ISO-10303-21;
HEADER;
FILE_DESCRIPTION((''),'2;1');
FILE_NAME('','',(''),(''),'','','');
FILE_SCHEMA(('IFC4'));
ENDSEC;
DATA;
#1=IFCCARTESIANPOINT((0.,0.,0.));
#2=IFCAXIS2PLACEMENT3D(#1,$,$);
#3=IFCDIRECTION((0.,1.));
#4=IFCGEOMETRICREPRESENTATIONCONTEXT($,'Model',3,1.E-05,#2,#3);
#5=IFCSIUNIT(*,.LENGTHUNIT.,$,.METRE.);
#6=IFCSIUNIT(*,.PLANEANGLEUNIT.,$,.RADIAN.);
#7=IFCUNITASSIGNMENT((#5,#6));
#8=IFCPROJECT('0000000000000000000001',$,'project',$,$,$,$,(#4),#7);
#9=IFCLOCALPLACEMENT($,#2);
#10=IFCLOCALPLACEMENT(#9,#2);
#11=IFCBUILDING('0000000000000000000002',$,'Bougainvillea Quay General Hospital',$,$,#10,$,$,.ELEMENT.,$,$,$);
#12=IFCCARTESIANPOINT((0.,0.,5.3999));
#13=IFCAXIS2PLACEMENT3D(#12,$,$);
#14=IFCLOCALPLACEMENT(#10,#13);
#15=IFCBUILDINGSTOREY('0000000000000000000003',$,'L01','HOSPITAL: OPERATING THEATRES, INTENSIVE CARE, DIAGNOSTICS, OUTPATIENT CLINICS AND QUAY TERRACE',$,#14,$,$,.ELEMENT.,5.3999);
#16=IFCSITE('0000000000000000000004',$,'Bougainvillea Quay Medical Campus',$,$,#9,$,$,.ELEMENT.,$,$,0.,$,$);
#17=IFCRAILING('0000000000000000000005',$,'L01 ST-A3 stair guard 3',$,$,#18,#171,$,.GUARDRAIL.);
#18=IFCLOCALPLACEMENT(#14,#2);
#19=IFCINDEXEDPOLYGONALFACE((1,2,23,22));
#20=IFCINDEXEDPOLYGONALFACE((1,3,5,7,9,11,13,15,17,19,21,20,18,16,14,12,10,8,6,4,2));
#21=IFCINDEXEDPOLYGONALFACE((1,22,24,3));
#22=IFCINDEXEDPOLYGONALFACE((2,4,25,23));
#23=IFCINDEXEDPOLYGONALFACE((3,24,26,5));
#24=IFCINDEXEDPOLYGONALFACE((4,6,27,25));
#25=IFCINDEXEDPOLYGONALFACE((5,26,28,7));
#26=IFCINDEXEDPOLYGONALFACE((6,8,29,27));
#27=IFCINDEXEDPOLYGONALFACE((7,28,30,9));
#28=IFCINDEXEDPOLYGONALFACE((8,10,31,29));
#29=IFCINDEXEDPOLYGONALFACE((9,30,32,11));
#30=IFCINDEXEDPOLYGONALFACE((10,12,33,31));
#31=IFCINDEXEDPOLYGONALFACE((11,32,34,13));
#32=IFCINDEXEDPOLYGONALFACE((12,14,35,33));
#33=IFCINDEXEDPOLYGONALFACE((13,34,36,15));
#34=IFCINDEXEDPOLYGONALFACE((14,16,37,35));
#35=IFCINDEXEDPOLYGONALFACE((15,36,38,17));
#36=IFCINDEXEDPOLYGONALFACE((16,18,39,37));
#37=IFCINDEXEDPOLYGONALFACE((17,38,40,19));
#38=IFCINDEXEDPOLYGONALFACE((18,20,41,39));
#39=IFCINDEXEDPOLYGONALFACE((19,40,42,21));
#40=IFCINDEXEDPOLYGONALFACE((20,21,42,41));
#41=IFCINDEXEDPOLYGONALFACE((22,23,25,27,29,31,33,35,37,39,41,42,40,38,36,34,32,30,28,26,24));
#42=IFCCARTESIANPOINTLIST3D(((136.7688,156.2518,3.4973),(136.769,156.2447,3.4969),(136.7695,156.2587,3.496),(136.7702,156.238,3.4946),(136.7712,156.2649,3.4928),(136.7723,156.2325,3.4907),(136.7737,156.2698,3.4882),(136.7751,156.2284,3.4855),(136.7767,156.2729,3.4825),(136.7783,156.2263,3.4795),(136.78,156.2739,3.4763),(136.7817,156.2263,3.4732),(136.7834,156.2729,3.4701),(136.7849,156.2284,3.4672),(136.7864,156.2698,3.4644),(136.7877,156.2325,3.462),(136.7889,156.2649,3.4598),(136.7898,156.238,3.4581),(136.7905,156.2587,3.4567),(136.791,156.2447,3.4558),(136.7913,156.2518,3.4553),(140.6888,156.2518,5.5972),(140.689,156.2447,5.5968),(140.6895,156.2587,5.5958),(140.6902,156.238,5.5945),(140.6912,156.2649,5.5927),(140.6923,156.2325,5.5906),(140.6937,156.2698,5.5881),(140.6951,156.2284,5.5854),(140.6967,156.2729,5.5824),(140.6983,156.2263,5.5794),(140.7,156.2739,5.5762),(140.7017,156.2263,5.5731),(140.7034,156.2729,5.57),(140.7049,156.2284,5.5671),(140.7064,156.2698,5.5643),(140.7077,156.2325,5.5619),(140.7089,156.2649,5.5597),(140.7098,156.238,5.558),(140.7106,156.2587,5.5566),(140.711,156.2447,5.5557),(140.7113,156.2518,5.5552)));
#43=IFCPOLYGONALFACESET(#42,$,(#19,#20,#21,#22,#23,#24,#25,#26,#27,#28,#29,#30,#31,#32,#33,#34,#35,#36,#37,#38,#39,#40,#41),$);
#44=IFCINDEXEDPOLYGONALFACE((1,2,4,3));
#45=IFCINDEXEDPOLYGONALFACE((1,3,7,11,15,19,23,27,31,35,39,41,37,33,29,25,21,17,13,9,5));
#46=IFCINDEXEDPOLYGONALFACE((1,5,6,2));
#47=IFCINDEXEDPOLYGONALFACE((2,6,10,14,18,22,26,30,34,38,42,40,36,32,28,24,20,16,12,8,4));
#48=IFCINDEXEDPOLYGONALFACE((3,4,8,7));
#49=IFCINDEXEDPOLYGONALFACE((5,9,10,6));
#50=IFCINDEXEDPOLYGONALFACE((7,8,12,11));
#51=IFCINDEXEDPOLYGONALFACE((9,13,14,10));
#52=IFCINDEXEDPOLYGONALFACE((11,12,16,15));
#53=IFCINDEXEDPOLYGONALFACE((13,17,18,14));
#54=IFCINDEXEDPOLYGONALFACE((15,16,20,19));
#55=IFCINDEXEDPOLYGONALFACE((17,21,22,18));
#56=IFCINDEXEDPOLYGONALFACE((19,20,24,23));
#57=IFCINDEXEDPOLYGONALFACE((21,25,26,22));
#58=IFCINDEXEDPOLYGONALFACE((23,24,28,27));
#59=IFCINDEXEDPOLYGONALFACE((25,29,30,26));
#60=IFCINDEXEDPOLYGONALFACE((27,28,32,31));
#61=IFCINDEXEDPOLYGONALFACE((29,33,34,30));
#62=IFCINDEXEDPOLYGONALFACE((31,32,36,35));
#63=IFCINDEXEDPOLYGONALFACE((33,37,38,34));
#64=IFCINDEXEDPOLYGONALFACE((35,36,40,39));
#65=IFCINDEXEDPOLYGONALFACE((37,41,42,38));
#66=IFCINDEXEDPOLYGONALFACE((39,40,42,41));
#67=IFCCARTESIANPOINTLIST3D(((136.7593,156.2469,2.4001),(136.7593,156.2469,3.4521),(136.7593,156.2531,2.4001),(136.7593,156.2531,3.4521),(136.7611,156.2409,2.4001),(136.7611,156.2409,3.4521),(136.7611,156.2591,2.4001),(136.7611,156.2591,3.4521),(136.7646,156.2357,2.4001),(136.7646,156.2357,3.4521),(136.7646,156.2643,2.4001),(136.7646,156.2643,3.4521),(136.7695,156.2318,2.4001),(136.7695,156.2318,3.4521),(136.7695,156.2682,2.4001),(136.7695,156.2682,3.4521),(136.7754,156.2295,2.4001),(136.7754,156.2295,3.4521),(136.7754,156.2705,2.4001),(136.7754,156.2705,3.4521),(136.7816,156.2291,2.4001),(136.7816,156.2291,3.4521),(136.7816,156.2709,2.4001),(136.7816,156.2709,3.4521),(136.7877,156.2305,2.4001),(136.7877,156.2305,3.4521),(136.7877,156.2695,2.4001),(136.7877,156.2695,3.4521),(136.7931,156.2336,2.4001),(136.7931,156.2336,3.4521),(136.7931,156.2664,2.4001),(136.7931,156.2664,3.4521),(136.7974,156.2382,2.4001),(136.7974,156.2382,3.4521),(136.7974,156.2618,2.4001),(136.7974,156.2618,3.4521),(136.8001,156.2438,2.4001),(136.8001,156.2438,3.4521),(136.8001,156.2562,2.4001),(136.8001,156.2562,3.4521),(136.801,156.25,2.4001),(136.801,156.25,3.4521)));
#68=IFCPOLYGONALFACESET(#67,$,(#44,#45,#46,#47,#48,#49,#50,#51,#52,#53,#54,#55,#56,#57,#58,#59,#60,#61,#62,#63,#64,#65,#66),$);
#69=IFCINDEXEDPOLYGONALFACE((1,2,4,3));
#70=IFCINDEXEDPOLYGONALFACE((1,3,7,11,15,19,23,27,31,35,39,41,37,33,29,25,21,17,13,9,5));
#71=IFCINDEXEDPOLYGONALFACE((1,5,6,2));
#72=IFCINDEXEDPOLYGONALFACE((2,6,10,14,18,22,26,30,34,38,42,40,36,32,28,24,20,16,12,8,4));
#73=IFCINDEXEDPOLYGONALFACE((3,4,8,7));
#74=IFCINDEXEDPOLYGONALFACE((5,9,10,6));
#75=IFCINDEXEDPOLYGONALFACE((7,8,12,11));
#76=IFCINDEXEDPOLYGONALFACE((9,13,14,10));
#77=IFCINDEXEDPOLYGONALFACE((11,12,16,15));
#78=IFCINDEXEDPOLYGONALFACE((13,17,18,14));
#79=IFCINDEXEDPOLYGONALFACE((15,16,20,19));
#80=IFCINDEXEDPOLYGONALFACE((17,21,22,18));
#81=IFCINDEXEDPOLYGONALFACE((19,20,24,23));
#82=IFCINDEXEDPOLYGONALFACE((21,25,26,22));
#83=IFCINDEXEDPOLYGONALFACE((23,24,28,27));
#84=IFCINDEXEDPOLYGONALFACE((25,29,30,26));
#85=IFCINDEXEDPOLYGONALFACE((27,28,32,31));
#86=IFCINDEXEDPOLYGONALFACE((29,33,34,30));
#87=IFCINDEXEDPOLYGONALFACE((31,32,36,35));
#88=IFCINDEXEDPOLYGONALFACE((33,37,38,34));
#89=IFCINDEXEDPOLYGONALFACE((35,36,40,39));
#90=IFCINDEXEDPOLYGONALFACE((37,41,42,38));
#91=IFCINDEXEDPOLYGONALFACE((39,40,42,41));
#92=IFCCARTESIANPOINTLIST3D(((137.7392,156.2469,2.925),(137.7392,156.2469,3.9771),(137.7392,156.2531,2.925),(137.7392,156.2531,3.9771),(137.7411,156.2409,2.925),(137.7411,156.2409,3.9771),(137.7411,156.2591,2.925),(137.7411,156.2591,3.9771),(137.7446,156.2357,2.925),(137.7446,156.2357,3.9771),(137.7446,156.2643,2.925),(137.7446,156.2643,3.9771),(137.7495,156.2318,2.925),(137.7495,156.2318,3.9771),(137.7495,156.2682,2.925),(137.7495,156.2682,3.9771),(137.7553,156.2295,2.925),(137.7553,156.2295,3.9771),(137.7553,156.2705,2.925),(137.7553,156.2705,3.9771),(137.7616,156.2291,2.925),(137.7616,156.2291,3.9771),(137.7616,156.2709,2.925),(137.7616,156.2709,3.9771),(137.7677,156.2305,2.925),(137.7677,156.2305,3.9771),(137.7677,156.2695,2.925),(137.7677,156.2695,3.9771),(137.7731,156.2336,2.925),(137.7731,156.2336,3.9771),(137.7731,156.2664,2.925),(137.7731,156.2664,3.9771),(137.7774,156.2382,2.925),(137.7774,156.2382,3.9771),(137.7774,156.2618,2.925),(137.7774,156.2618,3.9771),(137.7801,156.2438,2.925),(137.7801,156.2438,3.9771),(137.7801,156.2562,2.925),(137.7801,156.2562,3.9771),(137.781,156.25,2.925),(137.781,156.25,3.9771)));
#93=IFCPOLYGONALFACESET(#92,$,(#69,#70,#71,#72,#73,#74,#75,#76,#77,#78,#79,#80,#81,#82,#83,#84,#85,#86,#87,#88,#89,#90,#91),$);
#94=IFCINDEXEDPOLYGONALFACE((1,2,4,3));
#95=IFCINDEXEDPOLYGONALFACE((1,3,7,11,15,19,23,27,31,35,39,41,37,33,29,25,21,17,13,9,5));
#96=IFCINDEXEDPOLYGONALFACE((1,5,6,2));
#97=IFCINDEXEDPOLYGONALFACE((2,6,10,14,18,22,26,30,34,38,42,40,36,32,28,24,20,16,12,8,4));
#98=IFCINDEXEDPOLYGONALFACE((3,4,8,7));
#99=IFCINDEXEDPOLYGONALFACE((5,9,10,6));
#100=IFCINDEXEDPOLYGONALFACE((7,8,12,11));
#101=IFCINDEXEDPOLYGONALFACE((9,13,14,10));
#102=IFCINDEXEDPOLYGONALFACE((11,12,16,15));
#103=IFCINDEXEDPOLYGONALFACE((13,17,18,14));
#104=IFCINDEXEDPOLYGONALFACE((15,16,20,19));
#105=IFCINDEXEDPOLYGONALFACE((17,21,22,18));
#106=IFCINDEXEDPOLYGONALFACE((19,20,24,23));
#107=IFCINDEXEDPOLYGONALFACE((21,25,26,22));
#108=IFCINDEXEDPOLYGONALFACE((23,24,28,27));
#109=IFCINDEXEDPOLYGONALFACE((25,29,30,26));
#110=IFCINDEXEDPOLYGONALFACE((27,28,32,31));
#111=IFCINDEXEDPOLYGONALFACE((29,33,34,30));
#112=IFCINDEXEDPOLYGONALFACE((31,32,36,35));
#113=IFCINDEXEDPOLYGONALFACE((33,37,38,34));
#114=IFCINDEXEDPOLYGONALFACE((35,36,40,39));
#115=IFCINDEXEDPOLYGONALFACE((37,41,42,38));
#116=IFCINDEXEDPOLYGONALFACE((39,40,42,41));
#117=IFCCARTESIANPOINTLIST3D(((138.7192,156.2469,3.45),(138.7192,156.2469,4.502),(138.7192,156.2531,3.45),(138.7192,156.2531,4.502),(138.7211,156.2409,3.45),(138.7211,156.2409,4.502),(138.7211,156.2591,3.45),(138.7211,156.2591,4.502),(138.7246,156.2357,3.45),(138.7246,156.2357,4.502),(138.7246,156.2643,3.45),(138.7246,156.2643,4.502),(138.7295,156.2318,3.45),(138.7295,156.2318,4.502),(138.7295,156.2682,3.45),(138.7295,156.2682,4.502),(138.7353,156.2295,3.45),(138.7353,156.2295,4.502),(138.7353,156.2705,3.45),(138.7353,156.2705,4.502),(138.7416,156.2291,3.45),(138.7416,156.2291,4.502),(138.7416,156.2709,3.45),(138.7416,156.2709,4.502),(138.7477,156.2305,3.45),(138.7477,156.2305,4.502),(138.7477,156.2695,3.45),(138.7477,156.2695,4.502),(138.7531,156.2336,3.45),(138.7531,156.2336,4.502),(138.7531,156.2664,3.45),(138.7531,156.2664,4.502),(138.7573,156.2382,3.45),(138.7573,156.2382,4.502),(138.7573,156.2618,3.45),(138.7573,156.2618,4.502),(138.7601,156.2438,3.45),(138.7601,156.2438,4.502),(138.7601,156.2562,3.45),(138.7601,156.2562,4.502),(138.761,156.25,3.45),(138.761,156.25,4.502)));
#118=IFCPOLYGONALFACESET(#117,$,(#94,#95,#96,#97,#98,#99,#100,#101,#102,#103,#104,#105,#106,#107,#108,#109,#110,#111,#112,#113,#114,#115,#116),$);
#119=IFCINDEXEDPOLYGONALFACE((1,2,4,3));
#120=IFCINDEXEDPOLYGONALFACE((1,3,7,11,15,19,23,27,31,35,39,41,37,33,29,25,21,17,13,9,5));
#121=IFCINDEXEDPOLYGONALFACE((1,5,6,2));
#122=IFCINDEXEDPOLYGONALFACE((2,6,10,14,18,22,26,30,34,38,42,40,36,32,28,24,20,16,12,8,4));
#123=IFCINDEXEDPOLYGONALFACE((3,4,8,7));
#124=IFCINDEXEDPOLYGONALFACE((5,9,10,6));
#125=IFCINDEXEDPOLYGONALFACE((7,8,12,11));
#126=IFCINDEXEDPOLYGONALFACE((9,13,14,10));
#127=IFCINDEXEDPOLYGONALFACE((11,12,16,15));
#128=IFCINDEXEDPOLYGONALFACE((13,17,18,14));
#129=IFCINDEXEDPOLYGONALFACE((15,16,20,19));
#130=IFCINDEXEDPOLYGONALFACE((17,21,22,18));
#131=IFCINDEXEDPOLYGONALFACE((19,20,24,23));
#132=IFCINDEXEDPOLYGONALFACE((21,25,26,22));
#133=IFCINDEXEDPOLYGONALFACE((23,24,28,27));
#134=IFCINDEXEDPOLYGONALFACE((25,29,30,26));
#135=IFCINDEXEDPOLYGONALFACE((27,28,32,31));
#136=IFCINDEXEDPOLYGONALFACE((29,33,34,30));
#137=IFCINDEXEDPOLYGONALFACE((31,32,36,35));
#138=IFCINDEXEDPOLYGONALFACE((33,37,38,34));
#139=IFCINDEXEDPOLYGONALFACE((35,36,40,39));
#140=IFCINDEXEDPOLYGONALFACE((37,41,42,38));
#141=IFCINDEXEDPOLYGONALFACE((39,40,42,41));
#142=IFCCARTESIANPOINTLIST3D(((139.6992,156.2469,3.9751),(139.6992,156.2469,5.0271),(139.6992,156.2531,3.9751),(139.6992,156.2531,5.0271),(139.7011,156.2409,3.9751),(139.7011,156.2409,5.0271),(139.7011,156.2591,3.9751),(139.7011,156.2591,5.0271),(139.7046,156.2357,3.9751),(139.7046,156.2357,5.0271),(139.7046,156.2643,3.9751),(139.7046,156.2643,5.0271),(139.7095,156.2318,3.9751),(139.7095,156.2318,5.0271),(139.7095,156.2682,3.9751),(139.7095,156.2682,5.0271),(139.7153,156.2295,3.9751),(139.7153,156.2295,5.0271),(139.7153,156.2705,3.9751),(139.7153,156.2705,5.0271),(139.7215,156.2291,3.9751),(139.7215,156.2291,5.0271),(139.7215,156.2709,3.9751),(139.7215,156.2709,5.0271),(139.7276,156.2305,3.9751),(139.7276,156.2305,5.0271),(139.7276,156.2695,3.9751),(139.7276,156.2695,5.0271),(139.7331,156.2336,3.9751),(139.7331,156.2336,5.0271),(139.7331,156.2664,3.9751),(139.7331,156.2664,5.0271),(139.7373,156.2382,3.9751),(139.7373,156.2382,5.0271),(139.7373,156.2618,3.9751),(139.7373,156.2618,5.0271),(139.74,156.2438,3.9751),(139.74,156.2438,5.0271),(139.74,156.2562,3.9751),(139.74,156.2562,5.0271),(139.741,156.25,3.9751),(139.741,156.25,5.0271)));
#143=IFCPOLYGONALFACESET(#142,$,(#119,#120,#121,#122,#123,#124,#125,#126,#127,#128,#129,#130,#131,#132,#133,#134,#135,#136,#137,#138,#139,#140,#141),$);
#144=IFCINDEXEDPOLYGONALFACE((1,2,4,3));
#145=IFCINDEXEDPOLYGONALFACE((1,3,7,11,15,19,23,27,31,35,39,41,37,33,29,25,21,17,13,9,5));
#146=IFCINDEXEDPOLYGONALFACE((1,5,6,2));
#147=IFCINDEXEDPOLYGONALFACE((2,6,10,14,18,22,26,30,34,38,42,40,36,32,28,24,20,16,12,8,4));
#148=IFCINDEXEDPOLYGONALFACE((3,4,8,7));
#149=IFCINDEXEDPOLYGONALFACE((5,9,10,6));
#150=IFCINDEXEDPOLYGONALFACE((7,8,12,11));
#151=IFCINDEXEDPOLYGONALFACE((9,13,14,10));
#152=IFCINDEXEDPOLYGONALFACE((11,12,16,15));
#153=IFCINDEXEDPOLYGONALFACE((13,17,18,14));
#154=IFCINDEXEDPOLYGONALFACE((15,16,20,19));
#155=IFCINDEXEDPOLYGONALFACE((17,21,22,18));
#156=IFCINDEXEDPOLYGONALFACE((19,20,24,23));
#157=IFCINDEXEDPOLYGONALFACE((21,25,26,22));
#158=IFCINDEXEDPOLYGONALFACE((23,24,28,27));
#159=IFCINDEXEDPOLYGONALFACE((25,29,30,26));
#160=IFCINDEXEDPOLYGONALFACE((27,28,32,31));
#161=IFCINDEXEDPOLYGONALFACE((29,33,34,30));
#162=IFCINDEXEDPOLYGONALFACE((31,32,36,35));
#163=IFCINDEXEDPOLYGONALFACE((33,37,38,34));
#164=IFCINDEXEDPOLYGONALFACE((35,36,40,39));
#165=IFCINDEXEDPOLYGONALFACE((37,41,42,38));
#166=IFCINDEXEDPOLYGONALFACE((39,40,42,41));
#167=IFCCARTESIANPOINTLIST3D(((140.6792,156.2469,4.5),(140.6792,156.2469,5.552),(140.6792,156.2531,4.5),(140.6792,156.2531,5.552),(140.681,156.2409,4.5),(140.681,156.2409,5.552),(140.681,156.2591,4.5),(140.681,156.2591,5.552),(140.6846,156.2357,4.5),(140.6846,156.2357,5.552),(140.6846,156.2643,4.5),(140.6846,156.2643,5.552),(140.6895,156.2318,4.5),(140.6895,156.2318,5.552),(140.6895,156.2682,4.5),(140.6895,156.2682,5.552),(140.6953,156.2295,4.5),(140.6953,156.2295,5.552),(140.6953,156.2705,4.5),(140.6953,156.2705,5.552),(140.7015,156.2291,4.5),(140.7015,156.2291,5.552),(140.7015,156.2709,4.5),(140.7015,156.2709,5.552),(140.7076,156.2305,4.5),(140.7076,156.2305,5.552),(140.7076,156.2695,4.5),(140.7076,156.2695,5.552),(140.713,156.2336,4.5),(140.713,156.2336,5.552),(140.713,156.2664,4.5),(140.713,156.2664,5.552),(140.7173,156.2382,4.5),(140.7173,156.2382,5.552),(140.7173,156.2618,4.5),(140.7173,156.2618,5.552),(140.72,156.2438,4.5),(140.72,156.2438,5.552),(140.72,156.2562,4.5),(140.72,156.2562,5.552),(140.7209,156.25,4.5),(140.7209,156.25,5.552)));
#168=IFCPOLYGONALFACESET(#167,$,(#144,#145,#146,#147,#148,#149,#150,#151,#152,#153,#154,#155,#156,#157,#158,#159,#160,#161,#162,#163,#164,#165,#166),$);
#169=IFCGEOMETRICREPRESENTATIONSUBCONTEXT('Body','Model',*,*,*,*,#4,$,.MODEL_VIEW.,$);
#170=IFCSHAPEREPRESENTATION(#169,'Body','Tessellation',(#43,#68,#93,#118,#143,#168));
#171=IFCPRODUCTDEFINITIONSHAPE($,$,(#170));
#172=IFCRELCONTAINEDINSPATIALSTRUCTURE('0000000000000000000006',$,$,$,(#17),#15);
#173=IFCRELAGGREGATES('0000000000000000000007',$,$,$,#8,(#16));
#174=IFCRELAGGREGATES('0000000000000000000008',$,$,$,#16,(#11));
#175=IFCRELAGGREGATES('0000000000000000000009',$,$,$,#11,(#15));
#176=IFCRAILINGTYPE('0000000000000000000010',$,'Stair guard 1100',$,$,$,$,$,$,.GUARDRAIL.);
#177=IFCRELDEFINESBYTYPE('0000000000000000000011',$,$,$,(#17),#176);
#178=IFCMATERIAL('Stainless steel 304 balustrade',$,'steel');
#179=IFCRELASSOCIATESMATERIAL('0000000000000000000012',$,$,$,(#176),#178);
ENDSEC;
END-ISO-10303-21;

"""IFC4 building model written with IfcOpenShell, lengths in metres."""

from ifc_helpers import new_model, si_unit, direction, frame, origin, origin_2d, place, context, subcontext, project, spatial, circle, extrude, material, type_object, element, save


model = new_model("IFC4")

# Units and contexts
model_context = context("Model", 3, precision=1e-05, world=origin(), true_north=direction((0.0, 1.0)))
body_context = subcontext(model_context, "Body", "Model", "MODEL_VIEW")
ifc_project = project(units=[si_unit("LENGTHUNIT", "METRE"), si_unit("PLANEANGLEUNIT", "RADIAN")], contexts=[model_context])

# Site, building, storey
site_placement = place(None, origin())
site = spatial("IfcSite", under=ifc_project, at=site_placement, Name="Bougainvillea Quay Medical Campus", CompositionType="ELEMENT", RefElevation=0.0)
building_placement = place(site_placement, origin())
building = spatial("IfcBuilding", under=site, at=building_placement, Name="Bougainvillea Quay General Hospital", CompositionType="ELEMENT")
storey_placement = place(building_placement, frame((0.0, 0.0, 5.3999)))
storey = spatial("IfcBuildingStorey", under=building, at=storey_placement, Name="L01", Description="HOSPITAL: OPERATING THEATRES, INTENSIVE CARE, DIAGNOSTICS, OUTPATIENT CLINICS AND QUAY TERRACE", CompositionType="ELEMENT", Elevation=5.3999)

# Railing
ifc_material_1 = material(Name="Stainless steel 304 balustrade", Category="steel")
railing_type_1 = type_object("IfcRailingType", Name="Stair guard 1100", PredefinedType="GUARDRAIL", material=ifc_material_1)
railing_1_placement = place(storey_placement, frame((136.78, 156.25, 2.4001)))
element("IfcRailing", 1, at=railing_1_placement, inside=storey, type_object=railing_type_1, Name="L01 ST-A3 stair guard 3", PredefinedType="GUARDRAIL", context=body_context, shape_type="SweptSolid", body=[
    extrude(circle(Radius=0.0239, at=origin_2d()), frame((0.0, 0.0, 1.0762), z_axis=(0.88149, 0.0, 0.472203), x_axis=(0.0, 1.0, 0.0)), (0.0, 0.0, 1.0), 4.447),
    extrude(circle(Radius=0.021, at=origin_2d()), origin(), (0.0, 0.0, 1.0), 1.052),
    extrude(circle(Radius=0.021, at=origin_2d()), frame((0.98, 0.0, 0.5249)), (0.0, 0.0, 1.0), 1.052),
    extrude(circle(Radius=0.021, at=origin_2d()), frame((1.96, 0.0, 1.0498)), (0.0, 0.0, 1.0), 1.052),
    extrude(circle(Radius=0.021, at=origin_2d()), frame((2.9399, 0.0, 1.575)), (0.0, 0.0, 1.0), 1.052),
    extrude(circle(Radius=0.021, at=origin_2d()), frame((3.9199, 0.0, 2.0999)), (0.0, 0.0, 1.0), 1.052),
])

save(model, "model.ifc")
